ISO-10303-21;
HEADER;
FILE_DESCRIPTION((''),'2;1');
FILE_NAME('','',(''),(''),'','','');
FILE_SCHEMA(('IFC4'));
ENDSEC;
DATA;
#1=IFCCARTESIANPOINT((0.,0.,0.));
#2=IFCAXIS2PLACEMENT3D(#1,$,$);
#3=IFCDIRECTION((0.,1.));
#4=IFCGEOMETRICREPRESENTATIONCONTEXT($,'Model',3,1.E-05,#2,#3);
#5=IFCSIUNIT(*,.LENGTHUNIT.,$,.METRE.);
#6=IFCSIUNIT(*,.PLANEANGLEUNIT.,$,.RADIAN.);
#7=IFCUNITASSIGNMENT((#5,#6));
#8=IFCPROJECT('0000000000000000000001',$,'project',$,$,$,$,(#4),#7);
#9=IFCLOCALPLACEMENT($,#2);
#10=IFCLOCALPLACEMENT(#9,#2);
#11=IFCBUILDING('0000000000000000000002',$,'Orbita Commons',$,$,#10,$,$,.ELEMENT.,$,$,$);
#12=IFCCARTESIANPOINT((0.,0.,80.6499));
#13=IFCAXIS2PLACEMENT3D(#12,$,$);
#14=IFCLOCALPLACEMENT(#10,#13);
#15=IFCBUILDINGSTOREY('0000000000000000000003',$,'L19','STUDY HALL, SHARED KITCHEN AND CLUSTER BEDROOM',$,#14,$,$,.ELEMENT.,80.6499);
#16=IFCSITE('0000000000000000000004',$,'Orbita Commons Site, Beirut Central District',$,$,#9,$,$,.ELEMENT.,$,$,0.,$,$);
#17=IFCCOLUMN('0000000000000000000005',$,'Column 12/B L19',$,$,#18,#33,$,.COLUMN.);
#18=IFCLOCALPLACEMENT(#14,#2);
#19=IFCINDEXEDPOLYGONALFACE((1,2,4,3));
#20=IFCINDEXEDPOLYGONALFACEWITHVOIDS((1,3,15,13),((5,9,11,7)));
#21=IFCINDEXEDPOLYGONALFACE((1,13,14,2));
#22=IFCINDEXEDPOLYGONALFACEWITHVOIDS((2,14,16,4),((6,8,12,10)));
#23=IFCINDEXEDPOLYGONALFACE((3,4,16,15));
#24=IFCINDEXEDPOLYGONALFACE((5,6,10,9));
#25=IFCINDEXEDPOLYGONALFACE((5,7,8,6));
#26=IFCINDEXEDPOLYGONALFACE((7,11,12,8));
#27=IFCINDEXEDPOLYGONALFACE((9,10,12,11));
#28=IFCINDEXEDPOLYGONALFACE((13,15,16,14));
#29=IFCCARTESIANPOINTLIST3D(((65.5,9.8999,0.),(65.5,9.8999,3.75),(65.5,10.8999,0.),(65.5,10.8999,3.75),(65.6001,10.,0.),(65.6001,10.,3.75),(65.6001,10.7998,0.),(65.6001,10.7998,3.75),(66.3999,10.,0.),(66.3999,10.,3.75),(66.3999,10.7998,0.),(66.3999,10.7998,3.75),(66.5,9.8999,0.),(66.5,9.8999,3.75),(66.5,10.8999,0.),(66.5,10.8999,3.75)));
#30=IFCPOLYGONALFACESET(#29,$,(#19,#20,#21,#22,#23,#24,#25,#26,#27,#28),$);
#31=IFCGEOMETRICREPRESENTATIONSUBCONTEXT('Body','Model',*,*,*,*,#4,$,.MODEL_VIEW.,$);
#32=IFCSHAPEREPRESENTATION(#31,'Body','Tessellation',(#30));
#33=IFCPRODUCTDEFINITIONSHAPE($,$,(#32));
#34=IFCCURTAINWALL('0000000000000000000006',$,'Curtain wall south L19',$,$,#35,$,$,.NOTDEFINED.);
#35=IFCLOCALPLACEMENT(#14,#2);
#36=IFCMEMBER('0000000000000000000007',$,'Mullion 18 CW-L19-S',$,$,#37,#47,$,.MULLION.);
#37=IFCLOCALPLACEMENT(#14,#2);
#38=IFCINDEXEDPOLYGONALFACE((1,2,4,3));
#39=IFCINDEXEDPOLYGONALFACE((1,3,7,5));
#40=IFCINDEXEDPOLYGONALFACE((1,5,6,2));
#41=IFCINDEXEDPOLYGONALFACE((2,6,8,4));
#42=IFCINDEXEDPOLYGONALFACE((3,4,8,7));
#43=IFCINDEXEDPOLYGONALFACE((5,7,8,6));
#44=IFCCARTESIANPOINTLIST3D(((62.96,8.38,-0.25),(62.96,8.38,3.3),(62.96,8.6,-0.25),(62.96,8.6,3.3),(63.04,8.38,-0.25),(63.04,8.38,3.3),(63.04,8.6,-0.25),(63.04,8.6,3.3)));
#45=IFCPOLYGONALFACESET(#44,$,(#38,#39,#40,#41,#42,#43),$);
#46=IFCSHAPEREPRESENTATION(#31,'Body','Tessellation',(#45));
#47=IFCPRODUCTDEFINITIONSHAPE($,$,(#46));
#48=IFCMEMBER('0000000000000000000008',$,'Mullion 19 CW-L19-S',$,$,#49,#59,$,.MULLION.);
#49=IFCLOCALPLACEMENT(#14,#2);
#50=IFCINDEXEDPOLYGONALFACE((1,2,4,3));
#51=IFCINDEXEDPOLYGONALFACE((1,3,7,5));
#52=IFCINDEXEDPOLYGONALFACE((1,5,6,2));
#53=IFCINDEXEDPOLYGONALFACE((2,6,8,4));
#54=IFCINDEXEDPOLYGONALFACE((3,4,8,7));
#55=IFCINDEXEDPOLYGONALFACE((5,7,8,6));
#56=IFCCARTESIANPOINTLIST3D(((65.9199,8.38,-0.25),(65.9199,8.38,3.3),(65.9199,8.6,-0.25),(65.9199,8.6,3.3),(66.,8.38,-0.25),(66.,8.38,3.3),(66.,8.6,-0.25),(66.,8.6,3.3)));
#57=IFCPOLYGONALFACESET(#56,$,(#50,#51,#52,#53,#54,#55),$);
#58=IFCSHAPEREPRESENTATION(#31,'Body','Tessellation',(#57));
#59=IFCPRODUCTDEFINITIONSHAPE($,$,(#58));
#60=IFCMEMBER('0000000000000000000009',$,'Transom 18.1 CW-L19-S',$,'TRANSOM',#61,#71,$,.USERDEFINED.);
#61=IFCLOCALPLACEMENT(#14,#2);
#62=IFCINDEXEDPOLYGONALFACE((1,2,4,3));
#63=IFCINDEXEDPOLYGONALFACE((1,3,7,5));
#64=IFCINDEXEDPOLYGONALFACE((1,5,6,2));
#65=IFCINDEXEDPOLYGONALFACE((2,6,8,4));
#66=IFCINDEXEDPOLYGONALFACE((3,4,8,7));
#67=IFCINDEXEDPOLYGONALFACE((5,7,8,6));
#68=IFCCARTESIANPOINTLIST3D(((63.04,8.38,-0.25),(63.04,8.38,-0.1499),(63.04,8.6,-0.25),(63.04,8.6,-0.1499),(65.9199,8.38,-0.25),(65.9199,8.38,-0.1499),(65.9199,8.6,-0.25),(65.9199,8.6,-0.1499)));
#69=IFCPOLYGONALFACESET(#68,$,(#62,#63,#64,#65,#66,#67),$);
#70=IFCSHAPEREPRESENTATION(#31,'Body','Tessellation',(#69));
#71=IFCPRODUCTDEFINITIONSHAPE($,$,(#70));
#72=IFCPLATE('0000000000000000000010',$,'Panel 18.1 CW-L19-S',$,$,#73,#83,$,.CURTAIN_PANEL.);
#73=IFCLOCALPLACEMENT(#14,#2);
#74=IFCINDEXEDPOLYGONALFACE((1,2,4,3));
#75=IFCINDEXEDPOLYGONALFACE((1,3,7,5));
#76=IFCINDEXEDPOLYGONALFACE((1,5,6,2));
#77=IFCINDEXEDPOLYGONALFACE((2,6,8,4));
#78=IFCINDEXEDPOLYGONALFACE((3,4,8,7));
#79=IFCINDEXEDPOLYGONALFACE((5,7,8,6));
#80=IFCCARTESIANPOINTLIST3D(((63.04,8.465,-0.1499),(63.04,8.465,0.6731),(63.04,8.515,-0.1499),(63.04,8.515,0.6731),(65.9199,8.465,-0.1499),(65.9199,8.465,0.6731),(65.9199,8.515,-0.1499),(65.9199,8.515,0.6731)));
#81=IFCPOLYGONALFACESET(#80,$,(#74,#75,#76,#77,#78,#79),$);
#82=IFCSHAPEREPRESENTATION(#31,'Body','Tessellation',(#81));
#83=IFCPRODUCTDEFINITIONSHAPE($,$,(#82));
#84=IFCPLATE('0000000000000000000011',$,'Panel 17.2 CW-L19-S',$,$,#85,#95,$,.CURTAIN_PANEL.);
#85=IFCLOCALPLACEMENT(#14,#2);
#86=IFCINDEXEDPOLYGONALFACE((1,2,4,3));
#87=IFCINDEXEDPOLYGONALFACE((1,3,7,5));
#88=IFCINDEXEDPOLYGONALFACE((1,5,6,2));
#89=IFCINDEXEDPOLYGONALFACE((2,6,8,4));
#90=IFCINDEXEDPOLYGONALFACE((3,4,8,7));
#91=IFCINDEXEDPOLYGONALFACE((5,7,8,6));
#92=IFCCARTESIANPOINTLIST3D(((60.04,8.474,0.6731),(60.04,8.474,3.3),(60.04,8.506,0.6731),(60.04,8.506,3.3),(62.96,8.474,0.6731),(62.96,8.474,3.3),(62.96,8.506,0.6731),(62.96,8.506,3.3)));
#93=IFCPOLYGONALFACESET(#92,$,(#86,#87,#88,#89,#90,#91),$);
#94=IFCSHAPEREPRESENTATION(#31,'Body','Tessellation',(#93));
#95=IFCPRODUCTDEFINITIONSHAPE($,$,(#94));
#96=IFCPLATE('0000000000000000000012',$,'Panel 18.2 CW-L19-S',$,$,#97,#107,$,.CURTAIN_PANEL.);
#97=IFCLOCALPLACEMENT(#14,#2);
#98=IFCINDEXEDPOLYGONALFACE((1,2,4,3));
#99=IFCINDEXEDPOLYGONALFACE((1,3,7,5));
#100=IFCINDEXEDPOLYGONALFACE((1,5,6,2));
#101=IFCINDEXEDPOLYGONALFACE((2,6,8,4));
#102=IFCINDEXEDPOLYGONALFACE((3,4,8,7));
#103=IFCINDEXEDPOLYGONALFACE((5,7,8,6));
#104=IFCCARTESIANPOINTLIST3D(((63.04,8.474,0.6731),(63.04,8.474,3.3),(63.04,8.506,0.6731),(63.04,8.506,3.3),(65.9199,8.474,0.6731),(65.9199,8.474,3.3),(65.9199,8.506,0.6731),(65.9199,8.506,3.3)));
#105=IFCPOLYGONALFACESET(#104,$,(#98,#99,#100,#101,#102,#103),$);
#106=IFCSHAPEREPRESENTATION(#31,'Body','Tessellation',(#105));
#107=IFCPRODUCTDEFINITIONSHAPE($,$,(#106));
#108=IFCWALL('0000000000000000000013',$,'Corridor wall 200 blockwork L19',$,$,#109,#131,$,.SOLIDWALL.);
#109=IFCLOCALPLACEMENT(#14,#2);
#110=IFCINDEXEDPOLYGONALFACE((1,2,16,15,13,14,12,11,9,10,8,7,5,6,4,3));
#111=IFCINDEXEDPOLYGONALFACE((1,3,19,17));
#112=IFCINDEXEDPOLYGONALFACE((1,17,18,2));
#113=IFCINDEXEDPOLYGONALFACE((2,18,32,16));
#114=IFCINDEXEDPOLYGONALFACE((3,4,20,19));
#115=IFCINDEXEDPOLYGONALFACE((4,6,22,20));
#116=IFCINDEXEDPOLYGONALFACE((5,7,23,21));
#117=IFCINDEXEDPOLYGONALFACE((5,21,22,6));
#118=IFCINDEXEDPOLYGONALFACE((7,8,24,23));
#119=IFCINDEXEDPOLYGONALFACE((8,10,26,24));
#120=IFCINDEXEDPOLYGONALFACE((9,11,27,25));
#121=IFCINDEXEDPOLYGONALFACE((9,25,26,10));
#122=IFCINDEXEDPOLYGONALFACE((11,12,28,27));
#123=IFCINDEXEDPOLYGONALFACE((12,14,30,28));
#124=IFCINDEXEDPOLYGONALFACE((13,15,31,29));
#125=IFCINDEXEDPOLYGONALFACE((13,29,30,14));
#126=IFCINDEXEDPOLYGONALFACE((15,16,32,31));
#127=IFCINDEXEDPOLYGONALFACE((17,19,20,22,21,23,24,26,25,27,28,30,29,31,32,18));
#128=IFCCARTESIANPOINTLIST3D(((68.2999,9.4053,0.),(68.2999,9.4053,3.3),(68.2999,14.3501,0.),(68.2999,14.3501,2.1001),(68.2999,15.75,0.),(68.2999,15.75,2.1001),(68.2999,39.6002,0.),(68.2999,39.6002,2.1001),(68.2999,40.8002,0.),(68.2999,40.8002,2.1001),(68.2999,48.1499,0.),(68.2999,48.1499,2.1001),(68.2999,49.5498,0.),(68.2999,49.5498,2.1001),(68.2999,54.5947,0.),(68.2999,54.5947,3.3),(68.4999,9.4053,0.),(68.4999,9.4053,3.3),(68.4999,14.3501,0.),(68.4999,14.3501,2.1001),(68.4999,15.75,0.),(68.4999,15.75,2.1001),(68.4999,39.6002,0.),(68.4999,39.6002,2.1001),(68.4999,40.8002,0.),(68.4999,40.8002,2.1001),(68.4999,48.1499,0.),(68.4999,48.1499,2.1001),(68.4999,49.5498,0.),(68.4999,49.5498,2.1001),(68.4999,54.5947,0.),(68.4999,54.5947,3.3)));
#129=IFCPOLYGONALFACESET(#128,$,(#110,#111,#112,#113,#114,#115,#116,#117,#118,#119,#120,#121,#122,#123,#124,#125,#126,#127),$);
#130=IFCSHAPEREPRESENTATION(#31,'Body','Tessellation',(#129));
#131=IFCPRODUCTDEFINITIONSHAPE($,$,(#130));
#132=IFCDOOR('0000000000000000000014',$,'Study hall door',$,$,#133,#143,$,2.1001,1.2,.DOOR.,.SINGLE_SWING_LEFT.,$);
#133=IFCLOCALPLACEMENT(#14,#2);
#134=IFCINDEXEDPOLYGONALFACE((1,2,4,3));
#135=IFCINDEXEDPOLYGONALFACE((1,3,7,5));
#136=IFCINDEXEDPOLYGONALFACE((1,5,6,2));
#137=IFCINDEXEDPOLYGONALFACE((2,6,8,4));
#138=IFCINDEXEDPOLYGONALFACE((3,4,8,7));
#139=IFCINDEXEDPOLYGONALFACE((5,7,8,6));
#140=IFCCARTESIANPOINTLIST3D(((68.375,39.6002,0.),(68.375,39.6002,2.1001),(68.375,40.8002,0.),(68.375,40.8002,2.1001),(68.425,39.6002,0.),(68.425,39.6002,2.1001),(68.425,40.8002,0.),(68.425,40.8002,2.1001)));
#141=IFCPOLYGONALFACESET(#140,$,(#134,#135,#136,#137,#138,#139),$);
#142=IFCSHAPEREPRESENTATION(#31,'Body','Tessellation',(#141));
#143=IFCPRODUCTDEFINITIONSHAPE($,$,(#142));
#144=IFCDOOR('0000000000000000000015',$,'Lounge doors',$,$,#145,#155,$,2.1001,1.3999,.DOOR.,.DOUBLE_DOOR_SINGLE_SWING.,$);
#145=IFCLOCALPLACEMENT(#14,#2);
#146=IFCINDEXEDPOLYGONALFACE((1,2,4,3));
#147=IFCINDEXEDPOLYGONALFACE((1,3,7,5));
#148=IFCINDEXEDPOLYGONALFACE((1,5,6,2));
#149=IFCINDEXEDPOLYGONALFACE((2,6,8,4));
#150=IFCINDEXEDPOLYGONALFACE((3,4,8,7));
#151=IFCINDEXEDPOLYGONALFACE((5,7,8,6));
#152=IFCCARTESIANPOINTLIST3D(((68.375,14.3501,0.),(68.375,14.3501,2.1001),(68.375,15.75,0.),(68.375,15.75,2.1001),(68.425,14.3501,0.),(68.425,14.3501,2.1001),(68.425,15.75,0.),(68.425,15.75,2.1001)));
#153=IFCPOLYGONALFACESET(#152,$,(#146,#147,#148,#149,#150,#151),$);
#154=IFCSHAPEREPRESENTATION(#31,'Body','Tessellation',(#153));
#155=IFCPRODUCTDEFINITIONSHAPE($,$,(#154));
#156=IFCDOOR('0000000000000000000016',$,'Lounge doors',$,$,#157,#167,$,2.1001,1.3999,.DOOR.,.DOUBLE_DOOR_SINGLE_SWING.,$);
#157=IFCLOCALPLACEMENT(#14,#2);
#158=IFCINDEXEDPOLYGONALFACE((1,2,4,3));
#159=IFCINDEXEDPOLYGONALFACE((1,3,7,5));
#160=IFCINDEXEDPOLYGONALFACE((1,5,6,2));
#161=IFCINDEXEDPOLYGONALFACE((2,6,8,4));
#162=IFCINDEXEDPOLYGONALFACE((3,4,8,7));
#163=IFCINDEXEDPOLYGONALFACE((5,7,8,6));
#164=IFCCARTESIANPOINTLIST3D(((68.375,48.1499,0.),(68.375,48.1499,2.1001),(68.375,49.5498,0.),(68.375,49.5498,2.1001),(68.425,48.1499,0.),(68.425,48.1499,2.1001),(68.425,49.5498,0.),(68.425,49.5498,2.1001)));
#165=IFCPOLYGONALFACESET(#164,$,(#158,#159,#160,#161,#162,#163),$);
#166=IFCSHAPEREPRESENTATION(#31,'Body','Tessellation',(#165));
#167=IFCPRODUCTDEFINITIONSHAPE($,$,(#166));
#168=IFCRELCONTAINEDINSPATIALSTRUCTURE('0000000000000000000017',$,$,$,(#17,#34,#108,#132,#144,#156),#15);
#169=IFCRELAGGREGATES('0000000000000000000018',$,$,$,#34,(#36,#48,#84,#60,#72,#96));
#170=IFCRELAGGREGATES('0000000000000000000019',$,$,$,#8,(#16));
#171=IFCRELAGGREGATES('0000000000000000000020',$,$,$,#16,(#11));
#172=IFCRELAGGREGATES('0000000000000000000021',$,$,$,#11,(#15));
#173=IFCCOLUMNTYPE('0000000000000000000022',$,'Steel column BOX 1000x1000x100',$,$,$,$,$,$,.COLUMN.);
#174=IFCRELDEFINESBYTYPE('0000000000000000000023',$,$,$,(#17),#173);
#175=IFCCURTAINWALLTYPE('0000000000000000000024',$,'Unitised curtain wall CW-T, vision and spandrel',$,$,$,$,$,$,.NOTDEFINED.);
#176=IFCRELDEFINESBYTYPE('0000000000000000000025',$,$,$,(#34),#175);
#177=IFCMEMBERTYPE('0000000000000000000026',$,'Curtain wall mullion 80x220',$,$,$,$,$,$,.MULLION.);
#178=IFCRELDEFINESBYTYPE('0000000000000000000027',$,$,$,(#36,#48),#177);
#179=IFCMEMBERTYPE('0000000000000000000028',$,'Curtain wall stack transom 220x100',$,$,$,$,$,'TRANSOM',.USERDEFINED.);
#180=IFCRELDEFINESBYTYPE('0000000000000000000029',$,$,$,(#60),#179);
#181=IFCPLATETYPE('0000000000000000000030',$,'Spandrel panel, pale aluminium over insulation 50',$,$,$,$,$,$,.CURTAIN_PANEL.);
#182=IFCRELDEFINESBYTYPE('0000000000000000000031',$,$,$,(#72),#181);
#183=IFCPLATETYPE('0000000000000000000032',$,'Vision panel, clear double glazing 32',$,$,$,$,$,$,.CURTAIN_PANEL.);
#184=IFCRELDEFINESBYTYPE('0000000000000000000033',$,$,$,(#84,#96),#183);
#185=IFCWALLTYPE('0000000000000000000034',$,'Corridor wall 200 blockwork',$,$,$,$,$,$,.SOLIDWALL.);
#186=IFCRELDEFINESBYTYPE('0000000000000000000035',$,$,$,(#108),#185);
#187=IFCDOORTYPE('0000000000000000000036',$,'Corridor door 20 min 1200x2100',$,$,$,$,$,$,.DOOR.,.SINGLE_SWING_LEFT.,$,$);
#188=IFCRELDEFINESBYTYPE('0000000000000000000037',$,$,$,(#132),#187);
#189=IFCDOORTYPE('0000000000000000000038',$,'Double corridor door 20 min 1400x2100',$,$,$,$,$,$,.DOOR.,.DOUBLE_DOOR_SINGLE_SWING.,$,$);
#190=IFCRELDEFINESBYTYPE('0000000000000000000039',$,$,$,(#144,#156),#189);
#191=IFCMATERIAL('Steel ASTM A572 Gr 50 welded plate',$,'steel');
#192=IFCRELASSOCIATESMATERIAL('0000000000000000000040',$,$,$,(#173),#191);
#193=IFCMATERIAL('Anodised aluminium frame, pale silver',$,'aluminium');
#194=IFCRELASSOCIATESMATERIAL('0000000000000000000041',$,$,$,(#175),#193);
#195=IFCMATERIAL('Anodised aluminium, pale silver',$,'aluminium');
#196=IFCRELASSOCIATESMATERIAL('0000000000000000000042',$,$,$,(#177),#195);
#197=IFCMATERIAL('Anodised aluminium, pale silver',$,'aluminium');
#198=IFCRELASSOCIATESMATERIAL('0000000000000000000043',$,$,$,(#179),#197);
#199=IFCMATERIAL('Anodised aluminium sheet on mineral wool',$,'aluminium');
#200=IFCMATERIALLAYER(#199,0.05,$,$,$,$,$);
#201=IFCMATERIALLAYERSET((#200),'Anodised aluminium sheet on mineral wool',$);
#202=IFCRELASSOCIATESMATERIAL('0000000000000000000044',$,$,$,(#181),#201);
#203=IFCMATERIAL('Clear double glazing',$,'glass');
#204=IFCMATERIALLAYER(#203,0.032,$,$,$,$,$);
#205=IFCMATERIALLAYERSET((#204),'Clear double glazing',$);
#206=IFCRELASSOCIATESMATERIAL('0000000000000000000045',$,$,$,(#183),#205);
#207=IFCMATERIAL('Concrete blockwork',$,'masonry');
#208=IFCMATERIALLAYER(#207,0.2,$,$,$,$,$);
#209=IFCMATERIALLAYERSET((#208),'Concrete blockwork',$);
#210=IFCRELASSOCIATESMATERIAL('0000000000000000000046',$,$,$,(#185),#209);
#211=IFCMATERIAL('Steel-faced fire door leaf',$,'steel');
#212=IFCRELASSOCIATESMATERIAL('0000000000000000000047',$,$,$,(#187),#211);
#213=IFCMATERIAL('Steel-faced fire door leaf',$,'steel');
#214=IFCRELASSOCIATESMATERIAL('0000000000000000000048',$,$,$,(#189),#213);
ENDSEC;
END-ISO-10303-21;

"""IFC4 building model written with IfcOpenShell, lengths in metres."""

from ifc_helpers import new_model, si_unit, direction, frame, frame_2d, origin, origin_2d, place, context, subcontext, project, spatial, rectangle, hollow_rectangle, extrude, material, layer, layer_set, material_profile, profile_set, type_object, element, fill, aggregate, save


model = new_model("IFC4")

# Units and contexts
model_context = context("Model", 3, precision=1e-05, world=origin(), true_north=direction((0.0, 1.0)))
body_context = subcontext(model_context, "Body", "Model", "MODEL_VIEW")
ifc_project = project(units=[si_unit("LENGTHUNIT", "METRE"), si_unit("PLANEANGLEUNIT", "RADIAN")], contexts=[model_context])

# Site, building, storey
site_placement = place(None, origin())
site = spatial("IfcSite", under=ifc_project, at=site_placement, Name="Orbita Commons Site, Beirut Central District", CompositionType="ELEMENT", RefElevation=0.0)
building_placement = place(site_placement, origin())
building = spatial("IfcBuilding", under=site, at=building_placement, Name="Orbita Commons", CompositionType="ELEMENT")
storey_placement = place(building_placement, frame((0.0, 0.0, 80.6499)))
storey = spatial("IfcBuildingStorey", under=building, at=storey_placement, Name="L19", Description="STUDY HALL, SHARED KITCHEN AND CLUSTER BEDROOM", CompositionType="ELEMENT", Elevation=80.6499)

# Column
ifc_material_1 = material(Name="Steel ASTM A572 Gr 50 welded plate", Category="steel")
ifc_material_profile_1 = material_profile(ifc_material_1, hollow_rectangle(XDim=1.0, YDim=1.0, WallThickness=0.1001, at=origin_2d()), Name="BOX 1000x1000x100")
ifc_profile_set_1 = profile_set([ifc_material_profile_1], Name="Steel ASTM A572 Gr 50 welded plate")
column_type = type_object("IfcColumnType", Name="Steel column BOX 1000x1000x100", PredefinedType="COLUMN", material=ifc_profile_set_1)
column_placement = place(storey_placement, frame((66.0, 10.3999, 0.0), z_axis=(0.0, 0.0, 1.0), x_axis=(1.0, 0.0, 0.0)))
element("IfcColumn", 1, at=column_placement, inside=storey, type_object=column_type, Name="Column 12/B L19", PredefinedType="COLUMN", context=body_context, shape_type="SweptSolid", body=[
    extrude(hollow_rectangle(XDim=1.0, YDim=1.0, WallThickness=0.1001, at=origin_2d()), origin(), (0.0, 0.0, 1.0), 3.75),
])

# Curtain wall, members, plates
ifc_material_2 = material(Name="Anodised aluminium frame, pale silver", Category="aluminium")
curtain_wall_type = type_object("IfcCurtainWallType", Name="Unitised curtain wall CW-T, vision and spandrel", PredefinedType="NOTDEFINED", material=ifc_material_2)
curtain_wall_placement = place(storey_placement, origin())
curtain_wall = element("IfcCurtainWall", 2, at=curtain_wall_placement, inside=storey, type_object=curtain_wall_type, Name="Curtain wall south L19", PredefinedType="NOTDEFINED")
ifc_material_3 = material(Name="Anodised aluminium, pale silver", Category="aluminium")
ifc_material_profile_2 = material_profile(ifc_material_3, rectangle(XDim=0.0801, YDim=0.22, at=origin_2d()), Name="AL 80x220")
ifc_profile_set_2 = profile_set([ifc_material_profile_2], Name="Anodised aluminium, pale silver")
member_type_1 = type_object("IfcMemberType", Name="Curtain wall mullion 80x220", PredefinedType="MULLION", material=ifc_profile_set_2)
member_1_placement = place(storey_placement, frame((63.0, 8.49, -0.25), z_axis=(0.0, 0.0, 1.0), x_axis=(1.0, 0.0, 0.0)))
member_1 = element("IfcMember", 3, at=member_1_placement, type_object=member_type_1, Name="Mullion 18 CW-L19-S", PredefinedType="MULLION", context=body_context, shape_type="SweptSolid", body=[
    extrude(rectangle(XDim=0.0801, YDim=0.22, at=origin_2d()), origin(), (0.0, 0.0, 1.0), 3.55),
])
member_2_placement = place(storey_placement, frame((65.96, 8.49, -0.25), z_axis=(0.0, 0.0, 1.0), x_axis=(1.0, 0.0, 0.0)))
member_2 = element("IfcMember", 4, at=member_2_placement, type_object=member_type_1, Name="Mullion 19 CW-L19-S", PredefinedType="MULLION", context=body_context, shape_type="SweptSolid", body=[
    extrude(rectangle(XDim=0.0801, YDim=0.22, at=origin_2d()), origin(), (0.0, 0.0, 1.0), 3.55),
])
ifc_material_4 = material(Name="Anodised aluminium, pale silver", Category="aluminium")
ifc_material_profile_3 = material_profile(ifc_material_4, rectangle(XDim=0.22, YDim=0.1001, at=origin_2d()), Name="AL 220x100")
ifc_profile_set_3 = profile_set([ifc_material_profile_3], Name="Anodised aluminium, pale silver")
member_type_2 = type_object("IfcMemberType", Name="Curtain wall stack transom 220x100", ElementType="TRANSOM", PredefinedType="USERDEFINED", material=ifc_profile_set_3)
member_3_placement = place(storey_placement, frame((63.04, 8.49, -0.2), z_axis=(1.0, 0.0, 0.0), x_axis=(0.0, 1.0, 0.0)))
member_3 = element("IfcMember", 5, at=member_3_placement, type_object=member_type_2, Name="Transom 18.1 CW-L19-S", ObjectType="TRANSOM", PredefinedType="USERDEFINED", context=body_context, shape_type="SweptSolid", body=[
    extrude(rectangle(XDim=0.22, YDim=0.1001, at=origin_2d()), origin(), (0.0, 0.0, 1.0), 2.8799),
])
ifc_material_5 = material(Name="Anodised aluminium sheet on mineral wool", Category="aluminium")
ifc_layer_1 = layer(ifc_material_5, 0.05)
ifc_layer_set_1 = layer_set([ifc_layer_1], Name="Anodised aluminium sheet on mineral wool")
plate_type_1 = type_object("IfcPlateType", Name="Spandrel panel, pale aluminium over insulation 50", PredefinedType="CURTAIN_PANEL", material=ifc_layer_set_1)
plate_1_placement = place(storey_placement, frame((64.48, 8.49, -0.1499), z_axis=(0.0, 0.0, 1.0), x_axis=(1.0, 0.0, 0.0)))
plate_1 = element("IfcPlate", 6, at=plate_1_placement, type_object=plate_type_1, Name="Panel 18.1 CW-L19-S", PredefinedType="CURTAIN_PANEL", context=body_context, shape_type="SweptSolid", body=[
    extrude(rectangle(XDim=2.8799, YDim=0.05, at=origin_2d()), origin(), (0.0, 0.0, 1.0), 0.823),
])
ifc_material_6 = material(Name="Clear double glazing", Category="glass")
ifc_layer_2 = layer(ifc_material_6, 0.032)
ifc_layer_set_2 = layer_set([ifc_layer_2], Name="Clear double glazing")
plate_type_2 = type_object("IfcPlateType", Name="Vision panel, clear double glazing 32", PredefinedType="CURTAIN_PANEL", material=ifc_layer_set_2)
plate_2_placement = place(storey_placement, frame((61.5, 8.49, 0.6731), z_axis=(0.0, 0.0, 1.0), x_axis=(1.0, 0.0, 0.0)))
plate_2 = element("IfcPlate", 7, at=plate_2_placement, type_object=plate_type_2, Name="Panel 17.2 CW-L19-S", PredefinedType="CURTAIN_PANEL", context=body_context, shape_type="SweptSolid", body=[
    extrude(rectangle(XDim=2.9199, YDim=0.032, at=origin_2d()), origin(), (0.0, 0.0, 1.0), 2.627),
])
plate_3_placement = place(storey_placement, frame((64.48, 8.49, 0.6731), z_axis=(0.0, 0.0, 1.0), x_axis=(1.0, 0.0, 0.0)))
plate_3 = element("IfcPlate", 8, at=plate_3_placement, type_object=plate_type_2, Name="Panel 18.2 CW-L19-S", PredefinedType="CURTAIN_PANEL", context=body_context, shape_type="SweptSolid", body=[
    extrude(rectangle(XDim=2.8799, YDim=0.032, at=origin_2d()), origin(), (0.0, 0.0, 1.0), 2.627),
])
aggregate(curtain_wall, [member_1, member_2, plate_2, member_3, plate_1, plate_3])

# Wall, openings, doors
ifc_material_7 = material(Name="Concrete blockwork", Category="masonry")
ifc_layer_3 = layer(ifc_material_7, 0.2)
ifc_layer_set_3 = layer_set([ifc_layer_3], Name="Concrete blockwork")
wall_type_1 = type_object("IfcWallType", Name="Corridor wall 200 blockwork", PredefinedType="SOLIDWALL", material=ifc_layer_set_3)
wall_1_placement = place(storey_placement, frame((68.3999, 9.4053, 0.0), z_axis=(0.0, 0.0, 1.0), x_axis=(0.0, 1.0, 0.0)))
wall_1 = element("IfcWall", 9, at=wall_1_placement, inside=storey, type_object=wall_type_1, Name="Corridor wall 200 blockwork L19", PredefinedType="SOLIDWALL", context=body_context, shape_type="SweptSolid", body=[
    extrude(rectangle(XDim=45.1895, YDim=0.2, at=frame_2d((22.5947, 0.0))), origin(), (0.0, 0.0, 1.0), 3.3),
])
opening_1_placement = place(wall_1_placement, frame((30.1948, 0.0, 0.0)))
opening_1 = element("IfcOpeningElement", 10, at=opening_1_placement, cuts=wall_1, PredefinedType="OPENING", context=body_context, shape_type="SweptSolid", body=[
    extrude(rectangle(XDim=1.2, YDim=2.1001, at=frame_2d((0.6001, 1.05))), frame((0.0, 0.1099, 0.0), z_axis=(0.0, -1.0, 0.0), x_axis=(1.0, 0.0, 0.0)), (0.0, 0.0, 1.0), 0.22),
])
opening_2_placement = place(wall_1_placement, frame((4.9448, 0.0, 0.0)))
opening_2 = element("IfcOpeningElement", 11, at=opening_2_placement, cuts=wall_1, PredefinedType="OPENING", context=body_context, shape_type="SweptSolid", body=[
    extrude(rectangle(XDim=1.3999, YDim=2.1001, at=frame_2d((0.7, 1.05))), frame((0.0, 0.1099, 0.0), z_axis=(0.0, -1.0, 0.0), x_axis=(1.0, 0.0, 0.0)), (0.0, 0.0, 1.0), 0.22),
])
opening_3_placement = place(wall_1_placement, frame((38.7446, 0.0, 0.0)))
opening_3 = element("IfcOpeningElement", 12, at=opening_3_placement, cuts=wall_1, PredefinedType="OPENING", context=body_context, shape_type="SweptSolid", body=[
    extrude(rectangle(XDim=1.3999, YDim=2.1001, at=frame_2d((0.7, 1.05))), frame((0.0, 0.1099, 0.0), z_axis=(0.0, -1.0, 0.0), x_axis=(1.0, 0.0, 0.0)), (0.0, 0.0, 1.0), 0.22),
])
ifc_material_8 = material(Name="Steel-faced fire door leaf", Category="steel")
door_type_1 = type_object("IfcDoorType", Name="Corridor door 20 min 1200x2100", OperationType="SINGLE_SWING_LEFT", PredefinedType="DOOR", material=ifc_material_8)
door_1_placement = place(opening_1_placement, origin())
door_1 = element("IfcDoor", 13, at=door_1_placement, inside=storey, type_object=door_type_1, Name="Study hall door", OperationType="SINGLE_SWING_LEFT", OverallHeight=2.1001, OverallWidth=1.2, PredefinedType="DOOR", context=body_context, shape_type="SweptSolid", body=[
    extrude(rectangle(XDim=1.2, YDim=2.1001, at=frame_2d((0.6001, 1.05))), frame((0.0, 0.0249, 0.0), z_axis=(0.0, -1.0, 0.0), x_axis=(1.0, 0.0, 0.0)), (0.0, 0.0, 1.0), 0.05),
])
fill(opening_1, door_1)
ifc_material_9 = material(Name="Steel-faced fire door leaf", Category="steel")
door_type_2 = type_object("IfcDoorType", Name="Double corridor door 20 min 1400x2100", OperationType="DOUBLE_DOOR_SINGLE_SWING", PredefinedType="DOOR", material=ifc_material_9)
door_2_placement = place(opening_2_placement, origin())
door_2 = element("IfcDoor", 14, at=door_2_placement, inside=storey, type_object=door_type_2, Name="Lounge doors", OperationType="DOUBLE_DOOR_SINGLE_SWING", OverallHeight=2.1001, OverallWidth=1.3999, PredefinedType="DOOR", context=body_context, shape_type="SweptSolid", body=[
    extrude(rectangle(XDim=1.3999, YDim=2.1001, at=frame_2d((0.7, 1.05))), frame((0.0, 0.0249, 0.0), z_axis=(0.0, -1.0, 0.0), x_axis=(1.0, 0.0, 0.0)), (0.0, 0.0, 1.0), 0.05),
])
fill(opening_2, door_2)
door_3_placement = place(opening_3_placement, origin())
door_3 = element("IfcDoor", 15, at=door_3_placement, inside=storey, type_object=door_type_2, Name="Lounge doors", OperationType="DOUBLE_DOOR_SINGLE_SWING", OverallHeight=2.1001, OverallWidth=1.3999, PredefinedType="DOOR", context=body_context, shape_type="SweptSolid", body=[
    extrude(rectangle(XDim=1.3999, YDim=2.1001, at=frame_2d((0.7, 1.05))), frame((0.0, 0.0249, 0.0), z_axis=(0.0, -1.0, 0.0), x_axis=(1.0, 0.0, 0.0)), (0.0, 0.0, 1.0), 0.05),
])
fill(opening_3, door_3)

save(model, "model.ifc")
